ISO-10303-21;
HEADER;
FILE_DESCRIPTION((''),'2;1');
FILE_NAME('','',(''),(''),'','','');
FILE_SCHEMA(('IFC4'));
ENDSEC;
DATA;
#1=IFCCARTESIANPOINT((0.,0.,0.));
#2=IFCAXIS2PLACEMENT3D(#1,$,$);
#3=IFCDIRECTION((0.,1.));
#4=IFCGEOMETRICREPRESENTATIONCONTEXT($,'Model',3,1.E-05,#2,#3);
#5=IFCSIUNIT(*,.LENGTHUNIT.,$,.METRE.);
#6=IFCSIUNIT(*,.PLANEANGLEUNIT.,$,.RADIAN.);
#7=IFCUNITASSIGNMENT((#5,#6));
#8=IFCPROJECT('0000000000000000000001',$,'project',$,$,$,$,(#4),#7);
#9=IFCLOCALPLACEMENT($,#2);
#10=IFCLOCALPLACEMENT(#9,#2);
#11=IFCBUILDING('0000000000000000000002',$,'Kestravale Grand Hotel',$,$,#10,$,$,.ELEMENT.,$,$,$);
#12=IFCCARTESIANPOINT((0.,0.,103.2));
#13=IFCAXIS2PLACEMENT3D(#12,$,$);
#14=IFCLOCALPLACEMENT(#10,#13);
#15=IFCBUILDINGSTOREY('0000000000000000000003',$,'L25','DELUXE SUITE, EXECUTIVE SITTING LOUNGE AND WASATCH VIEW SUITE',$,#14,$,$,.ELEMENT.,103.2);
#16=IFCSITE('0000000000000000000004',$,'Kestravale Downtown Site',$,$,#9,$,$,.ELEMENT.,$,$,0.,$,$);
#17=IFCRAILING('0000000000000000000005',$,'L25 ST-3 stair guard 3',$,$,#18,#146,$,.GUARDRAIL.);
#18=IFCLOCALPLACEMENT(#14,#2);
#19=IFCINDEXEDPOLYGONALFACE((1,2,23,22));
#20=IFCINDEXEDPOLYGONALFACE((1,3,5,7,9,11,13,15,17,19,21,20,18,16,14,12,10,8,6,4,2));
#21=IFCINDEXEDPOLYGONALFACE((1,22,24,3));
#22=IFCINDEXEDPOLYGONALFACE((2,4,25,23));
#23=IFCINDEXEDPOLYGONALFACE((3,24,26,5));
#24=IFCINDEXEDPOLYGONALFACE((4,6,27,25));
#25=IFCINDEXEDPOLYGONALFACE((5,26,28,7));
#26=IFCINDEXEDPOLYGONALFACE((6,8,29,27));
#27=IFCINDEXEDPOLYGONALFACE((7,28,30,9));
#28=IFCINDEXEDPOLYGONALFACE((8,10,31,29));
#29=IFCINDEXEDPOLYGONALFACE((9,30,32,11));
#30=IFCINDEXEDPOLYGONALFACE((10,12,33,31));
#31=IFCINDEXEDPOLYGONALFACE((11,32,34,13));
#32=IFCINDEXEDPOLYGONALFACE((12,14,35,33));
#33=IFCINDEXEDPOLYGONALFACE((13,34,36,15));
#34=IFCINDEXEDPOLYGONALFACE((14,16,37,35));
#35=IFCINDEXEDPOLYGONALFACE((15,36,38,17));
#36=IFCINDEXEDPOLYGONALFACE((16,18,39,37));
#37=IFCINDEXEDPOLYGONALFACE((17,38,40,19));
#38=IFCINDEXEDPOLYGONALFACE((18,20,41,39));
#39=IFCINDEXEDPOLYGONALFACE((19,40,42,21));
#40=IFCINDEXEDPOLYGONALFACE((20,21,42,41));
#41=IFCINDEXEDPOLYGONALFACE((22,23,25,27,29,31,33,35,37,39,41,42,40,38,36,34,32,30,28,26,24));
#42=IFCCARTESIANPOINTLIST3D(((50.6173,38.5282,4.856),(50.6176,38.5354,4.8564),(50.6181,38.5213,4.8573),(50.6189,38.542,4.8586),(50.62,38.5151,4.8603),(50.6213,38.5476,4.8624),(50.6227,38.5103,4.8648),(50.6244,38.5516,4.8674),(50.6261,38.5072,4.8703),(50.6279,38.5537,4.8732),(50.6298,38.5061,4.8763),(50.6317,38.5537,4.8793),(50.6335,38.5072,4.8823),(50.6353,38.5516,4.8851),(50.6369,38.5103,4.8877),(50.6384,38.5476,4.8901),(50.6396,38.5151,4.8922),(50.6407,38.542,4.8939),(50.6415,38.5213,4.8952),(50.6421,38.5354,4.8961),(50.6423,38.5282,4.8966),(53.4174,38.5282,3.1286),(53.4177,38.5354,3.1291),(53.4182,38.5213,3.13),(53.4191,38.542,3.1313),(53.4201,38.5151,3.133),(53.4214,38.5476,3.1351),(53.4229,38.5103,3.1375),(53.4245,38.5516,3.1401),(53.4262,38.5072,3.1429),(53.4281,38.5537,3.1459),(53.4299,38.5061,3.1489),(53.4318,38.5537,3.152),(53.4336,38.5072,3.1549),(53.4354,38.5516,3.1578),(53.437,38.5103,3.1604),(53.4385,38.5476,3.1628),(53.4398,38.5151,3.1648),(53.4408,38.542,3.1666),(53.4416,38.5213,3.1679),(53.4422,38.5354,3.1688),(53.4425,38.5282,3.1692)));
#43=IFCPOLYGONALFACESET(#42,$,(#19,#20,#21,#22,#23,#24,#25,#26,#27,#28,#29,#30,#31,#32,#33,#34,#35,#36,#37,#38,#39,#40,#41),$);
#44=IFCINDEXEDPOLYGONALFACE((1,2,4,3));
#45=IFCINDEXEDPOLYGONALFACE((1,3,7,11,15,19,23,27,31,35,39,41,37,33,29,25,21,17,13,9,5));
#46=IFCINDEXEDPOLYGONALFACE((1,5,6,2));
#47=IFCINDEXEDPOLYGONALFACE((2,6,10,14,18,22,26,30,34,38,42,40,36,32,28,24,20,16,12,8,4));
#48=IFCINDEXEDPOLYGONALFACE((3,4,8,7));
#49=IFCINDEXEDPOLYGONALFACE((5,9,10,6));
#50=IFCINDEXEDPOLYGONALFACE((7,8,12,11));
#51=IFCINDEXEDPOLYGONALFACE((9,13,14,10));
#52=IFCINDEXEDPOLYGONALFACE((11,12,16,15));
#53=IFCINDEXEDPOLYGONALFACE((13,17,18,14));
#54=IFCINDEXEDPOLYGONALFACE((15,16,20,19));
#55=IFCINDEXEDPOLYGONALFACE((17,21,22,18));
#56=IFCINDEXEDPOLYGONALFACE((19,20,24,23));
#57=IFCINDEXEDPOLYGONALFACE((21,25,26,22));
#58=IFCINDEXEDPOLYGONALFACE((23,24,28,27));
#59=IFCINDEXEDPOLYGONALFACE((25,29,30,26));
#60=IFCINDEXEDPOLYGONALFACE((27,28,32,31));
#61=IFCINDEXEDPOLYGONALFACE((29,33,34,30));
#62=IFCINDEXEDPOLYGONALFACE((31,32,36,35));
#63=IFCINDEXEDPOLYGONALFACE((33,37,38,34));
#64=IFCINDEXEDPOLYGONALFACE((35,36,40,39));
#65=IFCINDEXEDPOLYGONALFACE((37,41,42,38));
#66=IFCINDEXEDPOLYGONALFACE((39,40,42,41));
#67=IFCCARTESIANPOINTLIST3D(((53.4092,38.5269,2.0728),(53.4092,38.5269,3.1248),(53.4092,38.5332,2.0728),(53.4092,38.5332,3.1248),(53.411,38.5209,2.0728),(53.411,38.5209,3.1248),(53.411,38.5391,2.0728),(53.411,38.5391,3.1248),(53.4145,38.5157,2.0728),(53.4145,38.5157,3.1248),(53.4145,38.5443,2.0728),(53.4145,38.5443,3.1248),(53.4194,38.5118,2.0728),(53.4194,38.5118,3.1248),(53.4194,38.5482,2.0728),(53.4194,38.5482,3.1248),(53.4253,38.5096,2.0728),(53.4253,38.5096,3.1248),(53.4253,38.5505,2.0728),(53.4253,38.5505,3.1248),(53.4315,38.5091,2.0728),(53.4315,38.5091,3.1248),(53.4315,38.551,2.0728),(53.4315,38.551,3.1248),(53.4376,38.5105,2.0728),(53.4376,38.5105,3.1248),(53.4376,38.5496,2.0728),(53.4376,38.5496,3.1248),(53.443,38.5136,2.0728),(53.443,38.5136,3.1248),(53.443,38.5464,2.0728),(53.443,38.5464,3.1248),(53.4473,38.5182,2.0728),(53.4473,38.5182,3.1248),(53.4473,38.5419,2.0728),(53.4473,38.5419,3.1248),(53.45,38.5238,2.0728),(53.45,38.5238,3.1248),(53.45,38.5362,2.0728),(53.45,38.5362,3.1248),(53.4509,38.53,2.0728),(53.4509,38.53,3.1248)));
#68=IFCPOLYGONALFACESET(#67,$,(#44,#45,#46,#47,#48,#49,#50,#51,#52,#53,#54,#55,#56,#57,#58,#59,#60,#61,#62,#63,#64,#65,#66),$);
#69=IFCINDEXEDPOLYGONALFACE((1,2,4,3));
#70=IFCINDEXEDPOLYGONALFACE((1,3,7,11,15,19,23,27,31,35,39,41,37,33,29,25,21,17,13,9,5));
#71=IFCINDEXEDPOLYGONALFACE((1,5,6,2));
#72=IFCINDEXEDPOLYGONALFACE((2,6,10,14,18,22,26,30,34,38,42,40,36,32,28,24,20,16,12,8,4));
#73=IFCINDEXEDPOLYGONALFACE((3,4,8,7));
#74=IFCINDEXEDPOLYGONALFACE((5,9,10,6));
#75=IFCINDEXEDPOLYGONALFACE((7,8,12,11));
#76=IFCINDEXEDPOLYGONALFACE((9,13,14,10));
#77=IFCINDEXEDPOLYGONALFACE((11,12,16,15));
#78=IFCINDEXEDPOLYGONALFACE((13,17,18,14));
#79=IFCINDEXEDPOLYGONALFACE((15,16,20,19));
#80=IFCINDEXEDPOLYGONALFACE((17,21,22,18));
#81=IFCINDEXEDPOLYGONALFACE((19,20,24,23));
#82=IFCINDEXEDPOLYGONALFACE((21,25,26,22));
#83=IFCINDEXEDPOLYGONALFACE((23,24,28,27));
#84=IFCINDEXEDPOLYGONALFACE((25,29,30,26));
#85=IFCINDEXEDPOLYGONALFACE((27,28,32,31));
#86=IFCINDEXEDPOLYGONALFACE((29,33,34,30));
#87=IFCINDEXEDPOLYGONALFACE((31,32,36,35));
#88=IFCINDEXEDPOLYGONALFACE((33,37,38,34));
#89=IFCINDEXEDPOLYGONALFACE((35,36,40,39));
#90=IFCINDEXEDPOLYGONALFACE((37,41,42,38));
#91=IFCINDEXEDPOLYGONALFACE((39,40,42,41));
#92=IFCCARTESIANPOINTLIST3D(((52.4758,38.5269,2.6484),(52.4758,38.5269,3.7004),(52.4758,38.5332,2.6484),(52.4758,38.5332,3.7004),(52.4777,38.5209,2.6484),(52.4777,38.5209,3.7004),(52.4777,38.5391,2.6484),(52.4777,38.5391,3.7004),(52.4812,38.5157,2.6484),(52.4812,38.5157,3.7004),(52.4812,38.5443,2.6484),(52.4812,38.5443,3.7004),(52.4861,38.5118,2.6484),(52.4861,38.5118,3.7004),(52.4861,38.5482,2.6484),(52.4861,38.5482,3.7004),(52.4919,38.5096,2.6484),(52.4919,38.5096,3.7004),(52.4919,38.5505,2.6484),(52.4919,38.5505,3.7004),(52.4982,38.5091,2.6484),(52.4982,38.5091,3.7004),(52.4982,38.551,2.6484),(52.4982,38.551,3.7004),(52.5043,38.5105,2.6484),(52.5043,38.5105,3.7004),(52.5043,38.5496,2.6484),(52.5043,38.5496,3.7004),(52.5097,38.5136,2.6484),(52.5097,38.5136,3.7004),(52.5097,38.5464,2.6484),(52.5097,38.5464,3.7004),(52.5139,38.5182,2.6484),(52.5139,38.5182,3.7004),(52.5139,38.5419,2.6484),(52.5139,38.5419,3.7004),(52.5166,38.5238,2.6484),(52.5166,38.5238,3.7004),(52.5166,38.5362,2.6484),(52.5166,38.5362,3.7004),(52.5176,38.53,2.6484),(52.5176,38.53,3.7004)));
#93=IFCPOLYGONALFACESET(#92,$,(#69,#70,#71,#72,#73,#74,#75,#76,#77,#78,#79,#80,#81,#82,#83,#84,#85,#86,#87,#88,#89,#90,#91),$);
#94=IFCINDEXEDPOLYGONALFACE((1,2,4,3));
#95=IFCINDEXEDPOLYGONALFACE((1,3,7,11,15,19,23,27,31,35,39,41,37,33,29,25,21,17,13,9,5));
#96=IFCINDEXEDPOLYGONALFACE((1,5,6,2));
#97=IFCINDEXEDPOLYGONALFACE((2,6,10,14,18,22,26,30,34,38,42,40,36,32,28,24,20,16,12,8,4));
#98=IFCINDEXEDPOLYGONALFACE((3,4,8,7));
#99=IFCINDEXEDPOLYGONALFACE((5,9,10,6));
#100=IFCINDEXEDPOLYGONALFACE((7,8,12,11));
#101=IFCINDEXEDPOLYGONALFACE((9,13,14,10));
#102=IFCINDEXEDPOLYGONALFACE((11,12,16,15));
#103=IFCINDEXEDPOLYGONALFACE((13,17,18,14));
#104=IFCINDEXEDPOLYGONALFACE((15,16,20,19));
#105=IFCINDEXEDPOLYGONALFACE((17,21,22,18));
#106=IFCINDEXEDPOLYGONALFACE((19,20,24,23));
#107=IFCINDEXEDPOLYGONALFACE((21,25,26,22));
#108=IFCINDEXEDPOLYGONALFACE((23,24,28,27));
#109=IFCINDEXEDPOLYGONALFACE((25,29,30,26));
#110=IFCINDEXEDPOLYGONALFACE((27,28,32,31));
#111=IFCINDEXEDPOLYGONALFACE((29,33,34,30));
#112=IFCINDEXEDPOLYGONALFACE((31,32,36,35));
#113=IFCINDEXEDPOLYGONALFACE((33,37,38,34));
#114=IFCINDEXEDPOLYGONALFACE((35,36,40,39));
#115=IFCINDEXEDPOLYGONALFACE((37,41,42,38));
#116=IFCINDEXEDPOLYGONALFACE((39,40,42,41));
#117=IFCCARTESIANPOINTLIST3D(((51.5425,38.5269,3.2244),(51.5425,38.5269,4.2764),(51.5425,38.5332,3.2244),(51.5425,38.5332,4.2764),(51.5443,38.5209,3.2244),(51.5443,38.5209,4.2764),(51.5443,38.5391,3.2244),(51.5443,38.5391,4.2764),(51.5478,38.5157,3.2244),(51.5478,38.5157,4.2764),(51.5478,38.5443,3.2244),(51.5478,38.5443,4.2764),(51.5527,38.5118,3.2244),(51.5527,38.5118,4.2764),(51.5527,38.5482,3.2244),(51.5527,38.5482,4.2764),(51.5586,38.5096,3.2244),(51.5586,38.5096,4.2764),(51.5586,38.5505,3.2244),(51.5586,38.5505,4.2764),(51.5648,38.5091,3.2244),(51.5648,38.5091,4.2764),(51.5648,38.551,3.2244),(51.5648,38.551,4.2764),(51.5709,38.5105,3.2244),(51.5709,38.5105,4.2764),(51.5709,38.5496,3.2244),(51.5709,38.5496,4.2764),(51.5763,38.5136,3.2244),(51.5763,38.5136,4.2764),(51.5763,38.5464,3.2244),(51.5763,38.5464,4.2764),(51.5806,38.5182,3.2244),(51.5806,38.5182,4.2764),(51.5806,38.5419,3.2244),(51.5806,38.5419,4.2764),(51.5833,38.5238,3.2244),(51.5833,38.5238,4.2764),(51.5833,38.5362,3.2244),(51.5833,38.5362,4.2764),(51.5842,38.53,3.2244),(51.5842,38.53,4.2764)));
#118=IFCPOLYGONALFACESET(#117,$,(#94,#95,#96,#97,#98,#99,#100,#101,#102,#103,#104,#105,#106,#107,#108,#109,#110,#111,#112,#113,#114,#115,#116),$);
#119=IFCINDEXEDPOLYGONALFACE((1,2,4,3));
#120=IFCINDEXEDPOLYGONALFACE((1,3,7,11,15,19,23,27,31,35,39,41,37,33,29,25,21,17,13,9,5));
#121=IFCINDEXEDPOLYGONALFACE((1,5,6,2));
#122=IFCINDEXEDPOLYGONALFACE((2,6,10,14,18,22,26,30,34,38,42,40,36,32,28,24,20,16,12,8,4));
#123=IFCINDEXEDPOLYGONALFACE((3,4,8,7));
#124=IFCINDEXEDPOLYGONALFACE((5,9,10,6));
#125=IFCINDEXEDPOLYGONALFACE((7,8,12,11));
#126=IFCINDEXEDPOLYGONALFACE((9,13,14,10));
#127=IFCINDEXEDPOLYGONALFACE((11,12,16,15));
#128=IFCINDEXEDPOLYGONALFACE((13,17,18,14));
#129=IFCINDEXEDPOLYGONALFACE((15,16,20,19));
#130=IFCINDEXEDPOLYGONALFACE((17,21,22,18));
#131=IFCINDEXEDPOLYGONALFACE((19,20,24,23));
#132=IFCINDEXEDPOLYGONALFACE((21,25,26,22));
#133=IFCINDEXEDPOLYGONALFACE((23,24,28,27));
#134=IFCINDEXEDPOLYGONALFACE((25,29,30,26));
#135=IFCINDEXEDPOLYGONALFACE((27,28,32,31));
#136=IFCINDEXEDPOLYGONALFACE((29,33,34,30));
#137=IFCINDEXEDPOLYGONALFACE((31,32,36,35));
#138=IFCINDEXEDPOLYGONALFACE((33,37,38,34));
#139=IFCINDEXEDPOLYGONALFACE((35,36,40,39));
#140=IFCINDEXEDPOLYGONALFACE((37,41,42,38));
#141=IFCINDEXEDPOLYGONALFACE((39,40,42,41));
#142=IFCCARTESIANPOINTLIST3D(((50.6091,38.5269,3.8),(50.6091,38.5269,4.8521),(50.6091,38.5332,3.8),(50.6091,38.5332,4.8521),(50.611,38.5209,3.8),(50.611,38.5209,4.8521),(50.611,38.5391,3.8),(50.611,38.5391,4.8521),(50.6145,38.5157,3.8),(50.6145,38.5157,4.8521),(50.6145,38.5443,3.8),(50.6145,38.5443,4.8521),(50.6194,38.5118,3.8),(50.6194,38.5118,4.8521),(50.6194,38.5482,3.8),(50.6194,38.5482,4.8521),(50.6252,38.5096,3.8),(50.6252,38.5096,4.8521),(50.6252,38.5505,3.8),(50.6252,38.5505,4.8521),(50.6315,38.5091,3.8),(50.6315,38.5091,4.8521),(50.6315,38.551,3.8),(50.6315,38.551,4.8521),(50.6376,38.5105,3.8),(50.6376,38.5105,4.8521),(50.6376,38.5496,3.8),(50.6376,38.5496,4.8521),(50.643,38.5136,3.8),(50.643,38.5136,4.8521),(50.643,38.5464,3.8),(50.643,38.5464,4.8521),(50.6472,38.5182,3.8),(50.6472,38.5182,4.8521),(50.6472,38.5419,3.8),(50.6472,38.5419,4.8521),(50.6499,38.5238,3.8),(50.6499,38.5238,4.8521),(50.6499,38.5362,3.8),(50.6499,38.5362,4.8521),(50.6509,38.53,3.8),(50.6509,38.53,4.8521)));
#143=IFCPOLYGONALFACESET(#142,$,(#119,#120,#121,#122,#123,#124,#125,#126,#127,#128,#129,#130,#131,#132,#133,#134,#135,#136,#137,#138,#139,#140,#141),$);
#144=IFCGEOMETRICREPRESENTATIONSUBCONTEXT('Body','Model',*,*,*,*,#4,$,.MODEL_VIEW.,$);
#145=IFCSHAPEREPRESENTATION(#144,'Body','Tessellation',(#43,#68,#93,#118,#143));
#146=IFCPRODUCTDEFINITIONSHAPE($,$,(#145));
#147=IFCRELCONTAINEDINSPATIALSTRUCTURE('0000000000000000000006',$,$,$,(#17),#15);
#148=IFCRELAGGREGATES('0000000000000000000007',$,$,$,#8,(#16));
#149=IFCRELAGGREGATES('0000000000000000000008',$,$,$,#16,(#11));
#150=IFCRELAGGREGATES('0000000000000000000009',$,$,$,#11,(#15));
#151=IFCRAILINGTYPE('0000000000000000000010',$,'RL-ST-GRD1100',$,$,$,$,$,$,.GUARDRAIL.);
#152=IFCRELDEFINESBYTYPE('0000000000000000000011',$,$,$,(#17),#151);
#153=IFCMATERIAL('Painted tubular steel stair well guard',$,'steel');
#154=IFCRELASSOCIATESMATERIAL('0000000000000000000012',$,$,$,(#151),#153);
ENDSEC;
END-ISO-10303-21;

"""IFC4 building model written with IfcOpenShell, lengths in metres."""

from ifc_helpers import new_model, si_unit, direction, frame, origin, origin_2d, place, context, subcontext, project, spatial, circle, extrude, material, type_object, element, save


model = new_model("IFC4")

# Units and contexts
model_context = context("Model", 3, precision=1e-05, world=origin(), true_north=direction((0.0, 1.0)))
body_context = subcontext(model_context, "Body", "Model", "MODEL_VIEW")
ifc_project = project(units=[si_unit("LENGTHUNIT", "METRE"), si_unit("PLANEANGLEUNIT", "RADIAN")], contexts=[model_context])

# Site, building, storey
site_placement = place(None, origin())
site = spatial("IfcSite", under=ifc_project, at=site_placement, Name="Kestravale Downtown Site", CompositionType="ELEMENT", RefElevation=0.0)
building_placement = place(site_placement, origin())
building = spatial("IfcBuilding", under=site, at=building_placement, Name="Kestravale Grand Hotel", CompositionType="ELEMENT")
storey_placement = place(building_placement, frame((0.0, 0.0, 103.2)))
storey = spatial("IfcBuildingStorey", under=building, at=storey_placement, Name="L25", Description="DELUXE SUITE, EXECUTIVE SITTING LOUNGE AND WASATCH VIEW SUITE", CompositionType="ELEMENT", Elevation=103.2)

# Railing
ifc_material_1 = material(Name="Painted tubular steel stair well guard", Category="steel")
railing_type_1 = type_object("IfcRailingType", Name="RL-ST-GRD1100", PredefinedType="GUARDRAIL", material=ifc_material_1)
railing_1_placement = place(storey_placement, frame((53.4299, 38.53, 2.0728)))
element("IfcRailing", 1, at=railing_1_placement, inside=storey, type_object=railing_type_1, Name="L25 ST-3 stair guard 3", PredefinedType="GUARDRAIL", context=body_context, shape_type="SweptSolid", body=[
    extrude(circle(Radius=0.0239, at=origin_2d()), frame((0.0, 0.0, 1.0762), z_axis=(-0.85109, 0.0, 0.52502), x_axis=(0.0, -1.0, 0.0)), (0.0, 0.0, 1.0), 3.29),
    extrude(circle(Radius=0.021, at=origin_2d()), origin(), (0.0, 0.0, 1.0), 1.052),
    extrude(circle(Radius=0.021, at=origin_2d()), frame((-0.9333, 0.0, 0.5757)), (0.0, 0.0, 1.0), 1.052),
    extrude(circle(Radius=0.021, at=origin_2d()), frame((-1.8667, 0.0, 1.1516)), (0.0, 0.0, 1.0), 1.052),
    extrude(circle(Radius=0.021, at=origin_2d()), frame((-2.8, 0.0, 1.7273)), (0.0, 0.0, 1.0), 1.052),
])

save(model, "model.ifc")
